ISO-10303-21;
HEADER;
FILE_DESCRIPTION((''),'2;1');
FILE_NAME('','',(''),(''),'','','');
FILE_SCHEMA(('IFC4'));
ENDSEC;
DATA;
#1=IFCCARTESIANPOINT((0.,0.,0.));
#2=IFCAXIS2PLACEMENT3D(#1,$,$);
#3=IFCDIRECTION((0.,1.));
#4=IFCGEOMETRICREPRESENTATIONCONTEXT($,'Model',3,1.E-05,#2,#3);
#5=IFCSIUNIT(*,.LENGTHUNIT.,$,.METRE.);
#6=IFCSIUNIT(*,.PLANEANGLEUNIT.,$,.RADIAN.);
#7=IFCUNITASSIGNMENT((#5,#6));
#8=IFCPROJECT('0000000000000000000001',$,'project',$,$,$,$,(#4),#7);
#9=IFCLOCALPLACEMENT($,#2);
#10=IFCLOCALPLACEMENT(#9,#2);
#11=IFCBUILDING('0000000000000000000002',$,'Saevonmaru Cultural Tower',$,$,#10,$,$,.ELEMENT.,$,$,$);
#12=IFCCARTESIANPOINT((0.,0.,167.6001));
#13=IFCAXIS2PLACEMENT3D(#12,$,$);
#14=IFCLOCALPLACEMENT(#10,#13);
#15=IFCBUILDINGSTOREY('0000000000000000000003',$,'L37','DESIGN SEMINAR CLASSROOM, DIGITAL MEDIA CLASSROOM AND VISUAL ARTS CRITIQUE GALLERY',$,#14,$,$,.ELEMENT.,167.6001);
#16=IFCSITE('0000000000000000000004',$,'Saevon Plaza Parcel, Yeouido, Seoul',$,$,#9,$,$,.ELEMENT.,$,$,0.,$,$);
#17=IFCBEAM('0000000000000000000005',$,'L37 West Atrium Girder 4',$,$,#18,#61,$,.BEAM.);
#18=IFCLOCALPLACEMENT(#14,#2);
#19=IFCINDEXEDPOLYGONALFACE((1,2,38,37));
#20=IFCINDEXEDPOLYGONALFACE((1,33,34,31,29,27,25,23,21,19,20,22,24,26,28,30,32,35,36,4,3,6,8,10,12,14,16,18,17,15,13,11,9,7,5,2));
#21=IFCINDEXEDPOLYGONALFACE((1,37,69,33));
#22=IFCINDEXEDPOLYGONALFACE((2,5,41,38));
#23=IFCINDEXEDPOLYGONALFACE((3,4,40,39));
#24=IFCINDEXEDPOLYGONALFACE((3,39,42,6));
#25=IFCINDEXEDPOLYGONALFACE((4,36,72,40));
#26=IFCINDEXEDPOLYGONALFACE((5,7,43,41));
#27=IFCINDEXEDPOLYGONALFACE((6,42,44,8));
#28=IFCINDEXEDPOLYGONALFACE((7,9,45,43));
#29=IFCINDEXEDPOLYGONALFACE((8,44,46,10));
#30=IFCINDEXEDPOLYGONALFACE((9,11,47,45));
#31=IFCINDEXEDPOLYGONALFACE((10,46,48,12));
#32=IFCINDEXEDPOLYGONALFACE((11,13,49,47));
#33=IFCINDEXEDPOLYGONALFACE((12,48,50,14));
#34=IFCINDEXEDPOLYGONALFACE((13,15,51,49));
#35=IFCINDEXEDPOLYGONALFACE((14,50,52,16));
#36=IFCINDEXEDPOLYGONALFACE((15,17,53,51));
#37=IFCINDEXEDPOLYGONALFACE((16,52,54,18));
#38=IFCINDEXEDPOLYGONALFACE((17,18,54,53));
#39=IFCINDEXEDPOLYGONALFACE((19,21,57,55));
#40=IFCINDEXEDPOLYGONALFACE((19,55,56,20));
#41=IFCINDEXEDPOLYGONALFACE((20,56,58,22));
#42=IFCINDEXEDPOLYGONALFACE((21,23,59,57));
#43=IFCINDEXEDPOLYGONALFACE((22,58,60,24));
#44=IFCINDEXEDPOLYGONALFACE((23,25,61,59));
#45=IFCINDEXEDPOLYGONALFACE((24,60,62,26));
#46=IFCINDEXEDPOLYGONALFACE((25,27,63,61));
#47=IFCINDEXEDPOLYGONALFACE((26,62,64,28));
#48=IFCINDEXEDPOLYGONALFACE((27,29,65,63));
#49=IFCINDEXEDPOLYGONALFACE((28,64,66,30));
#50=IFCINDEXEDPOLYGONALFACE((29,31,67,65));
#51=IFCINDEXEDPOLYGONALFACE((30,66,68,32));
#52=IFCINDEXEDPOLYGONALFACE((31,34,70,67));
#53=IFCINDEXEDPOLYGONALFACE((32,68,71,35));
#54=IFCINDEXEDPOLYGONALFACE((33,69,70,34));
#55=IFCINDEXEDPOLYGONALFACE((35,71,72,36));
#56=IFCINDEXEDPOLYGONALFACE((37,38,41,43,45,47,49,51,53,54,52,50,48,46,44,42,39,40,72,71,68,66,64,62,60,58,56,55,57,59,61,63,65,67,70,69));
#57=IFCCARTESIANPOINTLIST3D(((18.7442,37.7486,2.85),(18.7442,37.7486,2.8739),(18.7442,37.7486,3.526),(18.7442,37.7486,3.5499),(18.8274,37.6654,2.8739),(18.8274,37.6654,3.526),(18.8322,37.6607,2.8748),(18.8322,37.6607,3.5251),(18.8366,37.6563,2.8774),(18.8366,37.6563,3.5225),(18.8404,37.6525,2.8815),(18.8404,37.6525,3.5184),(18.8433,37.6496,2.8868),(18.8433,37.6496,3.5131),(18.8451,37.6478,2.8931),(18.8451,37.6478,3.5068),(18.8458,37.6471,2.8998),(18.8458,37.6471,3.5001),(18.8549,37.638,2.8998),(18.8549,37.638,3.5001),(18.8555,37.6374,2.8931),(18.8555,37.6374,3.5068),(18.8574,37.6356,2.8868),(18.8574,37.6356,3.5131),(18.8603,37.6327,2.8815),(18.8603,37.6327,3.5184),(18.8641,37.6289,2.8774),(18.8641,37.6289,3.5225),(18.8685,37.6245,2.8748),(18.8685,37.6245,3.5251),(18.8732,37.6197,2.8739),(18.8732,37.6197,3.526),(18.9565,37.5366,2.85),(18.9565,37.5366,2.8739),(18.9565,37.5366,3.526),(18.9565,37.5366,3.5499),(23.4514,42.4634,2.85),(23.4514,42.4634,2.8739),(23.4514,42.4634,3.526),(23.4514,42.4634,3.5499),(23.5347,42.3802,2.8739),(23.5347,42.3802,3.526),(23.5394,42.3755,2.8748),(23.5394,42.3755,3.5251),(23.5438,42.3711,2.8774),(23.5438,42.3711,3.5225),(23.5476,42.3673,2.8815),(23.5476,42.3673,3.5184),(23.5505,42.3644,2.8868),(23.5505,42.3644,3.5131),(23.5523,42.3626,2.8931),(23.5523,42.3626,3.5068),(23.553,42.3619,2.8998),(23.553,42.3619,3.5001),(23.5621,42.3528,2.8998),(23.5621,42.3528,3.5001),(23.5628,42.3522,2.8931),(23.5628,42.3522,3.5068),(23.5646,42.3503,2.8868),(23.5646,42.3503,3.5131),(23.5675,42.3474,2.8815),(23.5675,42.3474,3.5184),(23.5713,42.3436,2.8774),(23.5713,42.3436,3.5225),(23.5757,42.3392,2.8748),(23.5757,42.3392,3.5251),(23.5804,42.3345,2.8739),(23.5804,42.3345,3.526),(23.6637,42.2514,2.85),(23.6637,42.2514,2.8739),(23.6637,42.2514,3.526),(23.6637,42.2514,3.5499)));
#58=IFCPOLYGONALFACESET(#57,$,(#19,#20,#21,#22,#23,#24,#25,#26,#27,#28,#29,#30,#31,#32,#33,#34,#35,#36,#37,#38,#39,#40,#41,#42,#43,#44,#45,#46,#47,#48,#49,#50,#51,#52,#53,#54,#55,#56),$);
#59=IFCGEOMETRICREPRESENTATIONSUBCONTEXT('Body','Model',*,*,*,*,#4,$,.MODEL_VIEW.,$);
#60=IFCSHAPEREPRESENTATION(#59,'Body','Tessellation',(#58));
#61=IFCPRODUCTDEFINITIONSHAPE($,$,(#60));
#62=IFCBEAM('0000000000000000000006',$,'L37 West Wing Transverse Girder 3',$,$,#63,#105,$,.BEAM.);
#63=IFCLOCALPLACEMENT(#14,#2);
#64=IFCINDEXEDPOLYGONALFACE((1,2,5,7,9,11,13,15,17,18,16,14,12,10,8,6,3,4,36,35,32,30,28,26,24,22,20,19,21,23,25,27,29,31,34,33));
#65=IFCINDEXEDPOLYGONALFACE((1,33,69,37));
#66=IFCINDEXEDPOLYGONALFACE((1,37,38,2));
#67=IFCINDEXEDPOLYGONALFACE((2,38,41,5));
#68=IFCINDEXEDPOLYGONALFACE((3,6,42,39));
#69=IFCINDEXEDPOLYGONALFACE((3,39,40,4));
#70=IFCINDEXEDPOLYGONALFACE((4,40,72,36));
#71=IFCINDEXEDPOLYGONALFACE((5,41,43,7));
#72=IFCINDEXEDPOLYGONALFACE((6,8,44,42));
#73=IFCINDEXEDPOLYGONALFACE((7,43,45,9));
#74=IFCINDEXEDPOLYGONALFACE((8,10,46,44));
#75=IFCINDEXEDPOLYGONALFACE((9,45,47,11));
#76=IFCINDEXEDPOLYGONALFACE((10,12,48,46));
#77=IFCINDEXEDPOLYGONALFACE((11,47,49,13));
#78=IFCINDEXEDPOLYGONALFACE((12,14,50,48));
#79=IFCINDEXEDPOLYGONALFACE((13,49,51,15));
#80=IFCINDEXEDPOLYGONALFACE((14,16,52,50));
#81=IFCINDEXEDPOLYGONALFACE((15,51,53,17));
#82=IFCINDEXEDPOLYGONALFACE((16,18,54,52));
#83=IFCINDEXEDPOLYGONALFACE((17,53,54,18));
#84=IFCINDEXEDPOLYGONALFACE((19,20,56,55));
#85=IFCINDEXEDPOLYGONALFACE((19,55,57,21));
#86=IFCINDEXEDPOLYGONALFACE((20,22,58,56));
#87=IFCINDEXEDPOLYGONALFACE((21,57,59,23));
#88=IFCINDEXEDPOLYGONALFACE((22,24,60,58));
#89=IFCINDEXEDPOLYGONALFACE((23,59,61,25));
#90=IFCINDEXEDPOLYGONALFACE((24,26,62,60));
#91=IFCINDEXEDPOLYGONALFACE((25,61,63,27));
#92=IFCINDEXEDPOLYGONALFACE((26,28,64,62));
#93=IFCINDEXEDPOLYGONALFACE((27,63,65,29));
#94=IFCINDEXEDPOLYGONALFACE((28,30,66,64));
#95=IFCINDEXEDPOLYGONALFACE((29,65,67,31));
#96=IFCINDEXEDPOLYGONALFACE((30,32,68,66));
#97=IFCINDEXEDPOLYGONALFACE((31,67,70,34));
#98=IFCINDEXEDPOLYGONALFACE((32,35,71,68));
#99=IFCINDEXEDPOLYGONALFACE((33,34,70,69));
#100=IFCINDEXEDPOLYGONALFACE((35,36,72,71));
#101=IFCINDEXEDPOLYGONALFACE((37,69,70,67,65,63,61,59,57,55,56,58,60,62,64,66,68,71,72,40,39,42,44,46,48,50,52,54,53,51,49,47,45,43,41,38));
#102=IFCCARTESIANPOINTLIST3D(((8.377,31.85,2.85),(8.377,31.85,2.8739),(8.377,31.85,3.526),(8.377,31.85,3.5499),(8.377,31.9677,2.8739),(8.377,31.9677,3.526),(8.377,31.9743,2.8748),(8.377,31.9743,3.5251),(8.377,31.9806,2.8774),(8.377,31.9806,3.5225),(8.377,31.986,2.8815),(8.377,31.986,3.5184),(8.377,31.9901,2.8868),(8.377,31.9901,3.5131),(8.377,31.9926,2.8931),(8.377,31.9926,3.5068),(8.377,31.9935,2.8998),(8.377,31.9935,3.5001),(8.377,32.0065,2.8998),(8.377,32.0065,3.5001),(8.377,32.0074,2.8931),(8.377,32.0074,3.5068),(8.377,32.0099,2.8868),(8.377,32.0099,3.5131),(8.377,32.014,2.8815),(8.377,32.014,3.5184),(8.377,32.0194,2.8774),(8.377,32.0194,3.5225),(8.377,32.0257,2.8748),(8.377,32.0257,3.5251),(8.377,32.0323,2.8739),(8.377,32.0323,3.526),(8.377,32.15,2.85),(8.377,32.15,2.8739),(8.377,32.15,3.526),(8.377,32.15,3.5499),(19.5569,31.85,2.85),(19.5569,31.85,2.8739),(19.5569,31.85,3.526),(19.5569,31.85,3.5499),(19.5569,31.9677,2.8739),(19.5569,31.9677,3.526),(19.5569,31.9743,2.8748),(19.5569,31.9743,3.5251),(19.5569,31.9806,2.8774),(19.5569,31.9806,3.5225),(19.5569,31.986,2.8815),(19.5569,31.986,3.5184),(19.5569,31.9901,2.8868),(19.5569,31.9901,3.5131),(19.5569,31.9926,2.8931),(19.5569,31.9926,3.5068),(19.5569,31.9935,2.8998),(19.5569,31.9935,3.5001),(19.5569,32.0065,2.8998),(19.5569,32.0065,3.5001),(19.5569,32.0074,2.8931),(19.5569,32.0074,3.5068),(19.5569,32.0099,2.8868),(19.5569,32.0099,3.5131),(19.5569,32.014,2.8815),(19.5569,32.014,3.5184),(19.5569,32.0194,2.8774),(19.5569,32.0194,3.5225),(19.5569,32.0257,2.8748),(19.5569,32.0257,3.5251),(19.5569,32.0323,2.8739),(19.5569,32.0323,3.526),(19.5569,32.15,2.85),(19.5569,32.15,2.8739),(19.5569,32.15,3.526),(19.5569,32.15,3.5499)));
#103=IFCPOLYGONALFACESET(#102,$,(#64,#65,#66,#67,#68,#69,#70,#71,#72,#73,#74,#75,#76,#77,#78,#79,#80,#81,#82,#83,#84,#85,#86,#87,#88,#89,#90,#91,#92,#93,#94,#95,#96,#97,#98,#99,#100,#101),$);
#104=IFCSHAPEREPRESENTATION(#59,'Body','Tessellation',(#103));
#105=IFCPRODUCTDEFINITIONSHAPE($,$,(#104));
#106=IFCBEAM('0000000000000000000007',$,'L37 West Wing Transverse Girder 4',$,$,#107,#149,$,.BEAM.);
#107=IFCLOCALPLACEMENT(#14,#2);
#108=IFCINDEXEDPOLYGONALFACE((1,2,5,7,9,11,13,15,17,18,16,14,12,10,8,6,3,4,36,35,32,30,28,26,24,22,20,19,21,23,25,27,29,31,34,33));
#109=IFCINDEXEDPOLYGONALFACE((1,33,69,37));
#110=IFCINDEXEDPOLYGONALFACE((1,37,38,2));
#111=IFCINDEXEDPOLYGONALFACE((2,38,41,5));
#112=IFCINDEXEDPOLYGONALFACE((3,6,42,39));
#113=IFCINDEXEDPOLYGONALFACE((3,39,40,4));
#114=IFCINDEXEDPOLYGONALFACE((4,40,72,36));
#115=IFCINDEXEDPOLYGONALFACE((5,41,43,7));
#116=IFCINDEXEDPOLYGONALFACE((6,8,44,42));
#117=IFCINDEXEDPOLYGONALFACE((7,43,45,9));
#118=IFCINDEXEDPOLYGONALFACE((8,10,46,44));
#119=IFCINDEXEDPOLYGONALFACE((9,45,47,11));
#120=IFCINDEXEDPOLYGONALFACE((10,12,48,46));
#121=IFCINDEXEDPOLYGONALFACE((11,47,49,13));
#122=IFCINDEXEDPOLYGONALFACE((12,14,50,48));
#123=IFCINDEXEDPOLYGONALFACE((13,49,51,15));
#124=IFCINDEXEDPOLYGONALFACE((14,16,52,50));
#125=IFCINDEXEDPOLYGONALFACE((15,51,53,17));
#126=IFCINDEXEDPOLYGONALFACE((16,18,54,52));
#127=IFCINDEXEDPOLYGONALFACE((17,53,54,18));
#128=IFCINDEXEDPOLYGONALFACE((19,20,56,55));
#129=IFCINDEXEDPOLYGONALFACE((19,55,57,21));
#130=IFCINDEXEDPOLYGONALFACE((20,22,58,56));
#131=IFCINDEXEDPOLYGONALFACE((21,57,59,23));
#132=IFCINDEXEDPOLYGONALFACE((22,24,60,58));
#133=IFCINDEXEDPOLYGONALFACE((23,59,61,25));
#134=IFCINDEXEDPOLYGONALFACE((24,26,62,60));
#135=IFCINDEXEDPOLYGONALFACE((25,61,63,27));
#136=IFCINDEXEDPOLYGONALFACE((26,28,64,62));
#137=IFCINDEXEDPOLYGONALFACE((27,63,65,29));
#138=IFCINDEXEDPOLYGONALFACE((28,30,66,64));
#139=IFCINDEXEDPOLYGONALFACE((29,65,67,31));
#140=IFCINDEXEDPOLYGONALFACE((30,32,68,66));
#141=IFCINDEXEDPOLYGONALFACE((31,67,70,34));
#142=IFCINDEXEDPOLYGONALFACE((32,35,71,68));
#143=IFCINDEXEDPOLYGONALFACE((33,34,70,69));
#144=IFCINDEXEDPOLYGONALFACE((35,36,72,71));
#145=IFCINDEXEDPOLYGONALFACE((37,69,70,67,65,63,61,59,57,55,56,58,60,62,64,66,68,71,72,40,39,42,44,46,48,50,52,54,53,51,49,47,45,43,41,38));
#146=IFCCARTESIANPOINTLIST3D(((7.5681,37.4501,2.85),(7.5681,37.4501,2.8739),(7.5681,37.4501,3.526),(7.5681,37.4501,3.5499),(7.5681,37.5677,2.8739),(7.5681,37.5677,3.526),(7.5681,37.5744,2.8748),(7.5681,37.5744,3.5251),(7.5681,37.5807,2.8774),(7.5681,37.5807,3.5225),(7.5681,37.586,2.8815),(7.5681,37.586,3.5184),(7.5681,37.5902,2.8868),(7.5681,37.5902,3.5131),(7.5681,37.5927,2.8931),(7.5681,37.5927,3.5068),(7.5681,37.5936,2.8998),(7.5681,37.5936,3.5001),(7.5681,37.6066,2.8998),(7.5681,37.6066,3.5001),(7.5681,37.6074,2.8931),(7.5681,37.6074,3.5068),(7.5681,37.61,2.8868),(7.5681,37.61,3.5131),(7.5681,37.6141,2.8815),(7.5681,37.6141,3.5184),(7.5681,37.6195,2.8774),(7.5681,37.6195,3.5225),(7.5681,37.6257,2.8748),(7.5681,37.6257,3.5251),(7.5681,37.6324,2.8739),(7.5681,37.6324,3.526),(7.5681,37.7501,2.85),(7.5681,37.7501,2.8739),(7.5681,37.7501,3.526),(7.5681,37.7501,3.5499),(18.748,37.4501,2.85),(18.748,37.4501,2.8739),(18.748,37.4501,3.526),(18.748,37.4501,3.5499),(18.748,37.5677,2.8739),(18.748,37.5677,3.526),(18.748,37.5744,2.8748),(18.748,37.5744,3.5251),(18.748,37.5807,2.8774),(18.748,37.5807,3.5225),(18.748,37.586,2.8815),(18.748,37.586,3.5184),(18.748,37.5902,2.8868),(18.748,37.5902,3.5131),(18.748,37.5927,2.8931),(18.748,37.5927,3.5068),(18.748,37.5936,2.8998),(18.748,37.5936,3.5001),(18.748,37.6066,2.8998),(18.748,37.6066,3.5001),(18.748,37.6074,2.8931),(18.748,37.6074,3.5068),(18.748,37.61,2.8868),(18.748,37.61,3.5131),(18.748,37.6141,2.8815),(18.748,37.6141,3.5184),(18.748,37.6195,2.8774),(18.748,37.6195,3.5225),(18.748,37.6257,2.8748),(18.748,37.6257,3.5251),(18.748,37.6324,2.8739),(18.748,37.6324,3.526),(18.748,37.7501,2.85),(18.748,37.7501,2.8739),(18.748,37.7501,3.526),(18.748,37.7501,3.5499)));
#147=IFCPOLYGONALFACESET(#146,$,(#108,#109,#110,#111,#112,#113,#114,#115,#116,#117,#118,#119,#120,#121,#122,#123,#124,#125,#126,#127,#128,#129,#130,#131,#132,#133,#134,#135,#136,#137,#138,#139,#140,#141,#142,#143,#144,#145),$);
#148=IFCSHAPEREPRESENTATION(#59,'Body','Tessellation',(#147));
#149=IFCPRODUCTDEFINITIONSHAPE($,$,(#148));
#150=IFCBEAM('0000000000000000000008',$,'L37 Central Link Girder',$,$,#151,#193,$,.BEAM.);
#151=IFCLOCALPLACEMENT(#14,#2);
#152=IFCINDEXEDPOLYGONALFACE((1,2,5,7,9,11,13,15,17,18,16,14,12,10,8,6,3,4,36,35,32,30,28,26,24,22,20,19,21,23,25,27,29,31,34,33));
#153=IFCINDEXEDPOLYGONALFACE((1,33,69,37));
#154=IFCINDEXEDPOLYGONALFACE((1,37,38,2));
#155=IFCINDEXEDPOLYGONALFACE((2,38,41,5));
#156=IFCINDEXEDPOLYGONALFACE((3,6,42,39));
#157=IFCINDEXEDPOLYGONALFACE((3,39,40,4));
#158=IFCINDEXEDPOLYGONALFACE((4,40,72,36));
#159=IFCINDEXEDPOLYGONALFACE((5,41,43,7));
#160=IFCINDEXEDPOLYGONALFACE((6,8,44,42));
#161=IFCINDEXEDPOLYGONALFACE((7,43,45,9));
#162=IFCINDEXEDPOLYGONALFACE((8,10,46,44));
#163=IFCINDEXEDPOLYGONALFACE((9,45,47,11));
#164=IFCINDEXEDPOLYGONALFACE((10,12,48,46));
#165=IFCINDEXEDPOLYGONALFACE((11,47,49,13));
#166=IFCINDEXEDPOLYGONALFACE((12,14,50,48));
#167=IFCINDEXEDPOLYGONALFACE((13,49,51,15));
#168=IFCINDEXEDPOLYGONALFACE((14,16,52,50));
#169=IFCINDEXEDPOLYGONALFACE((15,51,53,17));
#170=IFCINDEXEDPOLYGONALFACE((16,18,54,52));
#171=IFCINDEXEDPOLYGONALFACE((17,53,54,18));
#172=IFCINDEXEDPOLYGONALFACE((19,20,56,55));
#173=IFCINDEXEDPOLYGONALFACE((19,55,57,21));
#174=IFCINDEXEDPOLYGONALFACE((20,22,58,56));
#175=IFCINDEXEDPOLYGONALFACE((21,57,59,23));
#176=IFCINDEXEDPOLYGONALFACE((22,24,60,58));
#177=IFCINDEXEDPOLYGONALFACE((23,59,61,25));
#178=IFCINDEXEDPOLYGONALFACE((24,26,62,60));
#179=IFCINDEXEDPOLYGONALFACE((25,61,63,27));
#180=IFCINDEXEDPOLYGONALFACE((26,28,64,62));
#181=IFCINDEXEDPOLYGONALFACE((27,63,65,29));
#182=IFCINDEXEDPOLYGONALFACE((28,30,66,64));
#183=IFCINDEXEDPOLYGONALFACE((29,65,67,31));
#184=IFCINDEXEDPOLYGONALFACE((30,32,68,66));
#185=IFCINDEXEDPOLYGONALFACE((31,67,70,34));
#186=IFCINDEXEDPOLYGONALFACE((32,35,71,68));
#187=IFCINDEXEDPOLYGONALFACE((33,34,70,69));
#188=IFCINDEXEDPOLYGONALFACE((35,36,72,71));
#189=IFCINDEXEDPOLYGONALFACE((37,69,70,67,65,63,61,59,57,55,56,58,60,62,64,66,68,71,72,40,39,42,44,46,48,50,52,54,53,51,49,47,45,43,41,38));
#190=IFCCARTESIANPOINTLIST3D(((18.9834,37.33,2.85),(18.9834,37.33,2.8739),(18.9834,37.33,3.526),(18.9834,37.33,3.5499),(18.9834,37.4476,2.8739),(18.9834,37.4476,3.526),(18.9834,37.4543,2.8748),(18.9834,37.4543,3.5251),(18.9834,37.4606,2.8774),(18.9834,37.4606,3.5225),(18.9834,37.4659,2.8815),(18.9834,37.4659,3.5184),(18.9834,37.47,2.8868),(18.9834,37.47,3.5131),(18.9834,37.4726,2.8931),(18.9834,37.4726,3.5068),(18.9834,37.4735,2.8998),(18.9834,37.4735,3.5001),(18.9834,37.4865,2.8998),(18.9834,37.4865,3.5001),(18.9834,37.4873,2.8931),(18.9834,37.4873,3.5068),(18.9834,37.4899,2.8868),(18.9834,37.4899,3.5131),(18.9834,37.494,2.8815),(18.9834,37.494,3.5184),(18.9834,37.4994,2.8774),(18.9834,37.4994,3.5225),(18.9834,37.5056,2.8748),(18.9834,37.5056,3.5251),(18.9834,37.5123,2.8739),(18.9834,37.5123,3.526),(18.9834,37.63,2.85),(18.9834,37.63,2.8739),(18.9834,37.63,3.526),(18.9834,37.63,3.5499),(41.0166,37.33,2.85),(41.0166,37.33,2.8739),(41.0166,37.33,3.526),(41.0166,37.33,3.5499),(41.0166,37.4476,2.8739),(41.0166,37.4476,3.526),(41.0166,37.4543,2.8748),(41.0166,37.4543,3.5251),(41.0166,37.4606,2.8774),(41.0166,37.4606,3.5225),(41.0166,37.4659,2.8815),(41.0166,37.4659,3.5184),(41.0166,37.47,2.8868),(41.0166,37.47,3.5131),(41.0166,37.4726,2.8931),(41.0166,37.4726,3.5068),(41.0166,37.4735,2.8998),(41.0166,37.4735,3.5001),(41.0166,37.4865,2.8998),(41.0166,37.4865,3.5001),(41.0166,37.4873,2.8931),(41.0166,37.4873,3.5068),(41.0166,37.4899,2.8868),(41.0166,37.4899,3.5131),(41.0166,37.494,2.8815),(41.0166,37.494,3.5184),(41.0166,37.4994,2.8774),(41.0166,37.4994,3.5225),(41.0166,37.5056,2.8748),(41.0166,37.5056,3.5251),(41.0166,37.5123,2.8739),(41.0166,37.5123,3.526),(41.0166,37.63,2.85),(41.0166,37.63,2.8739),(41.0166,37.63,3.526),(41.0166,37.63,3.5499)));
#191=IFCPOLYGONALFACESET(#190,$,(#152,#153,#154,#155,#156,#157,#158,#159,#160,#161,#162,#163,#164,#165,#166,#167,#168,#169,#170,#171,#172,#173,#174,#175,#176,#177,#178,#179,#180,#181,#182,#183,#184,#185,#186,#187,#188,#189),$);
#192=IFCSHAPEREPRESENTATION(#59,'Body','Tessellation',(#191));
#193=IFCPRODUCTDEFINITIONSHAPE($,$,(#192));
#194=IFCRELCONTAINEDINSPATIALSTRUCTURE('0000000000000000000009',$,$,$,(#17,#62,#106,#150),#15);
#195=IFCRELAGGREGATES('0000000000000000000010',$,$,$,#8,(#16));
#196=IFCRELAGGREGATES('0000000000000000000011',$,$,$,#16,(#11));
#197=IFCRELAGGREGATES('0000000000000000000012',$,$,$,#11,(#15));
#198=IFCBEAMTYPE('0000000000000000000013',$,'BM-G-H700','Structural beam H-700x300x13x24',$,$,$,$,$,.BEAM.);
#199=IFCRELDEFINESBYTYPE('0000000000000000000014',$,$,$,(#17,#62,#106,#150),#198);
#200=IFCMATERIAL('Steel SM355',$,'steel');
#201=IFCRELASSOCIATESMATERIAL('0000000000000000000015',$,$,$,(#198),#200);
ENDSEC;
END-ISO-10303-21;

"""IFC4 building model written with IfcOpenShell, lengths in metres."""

from ifc_helpers import new_model, si_unit, direction, frame, origin, origin_2d, place, context, subcontext, project, spatial, i_section, extrude, material, material_profile, profile_set, type_object, element, save


model = new_model("IFC4")

# Units and contexts
model_context = context("Model", 3, precision=1e-05, world=origin(), true_north=direction((0.0, 1.0)))
body_context = subcontext(model_context, "Body", "Model", "MODEL_VIEW")
ifc_project = project(units=[si_unit("LENGTHUNIT", "METRE"), si_unit("PLANEANGLEUNIT", "RADIAN")], contexts=[model_context])

# Site, building, storey
site_placement = place(None, origin())
site = spatial("IfcSite", under=ifc_project, at=site_placement, Name="Saevon Plaza Parcel, Yeouido, Seoul", CompositionType="ELEMENT", RefElevation=0.0)
building_placement = place(site_placement, origin())
building = spatial("IfcBuilding", under=site, at=building_placement, Name="Saevonmaru Cultural Tower", CompositionType="ELEMENT")
storey_placement = place(building_placement, frame((0.0, 0.0, 167.6001)))
storey = spatial("IfcBuildingStorey", under=building, at=storey_placement, Name="L37", Description="DESIGN SEMINAR CLASSROOM, DIGITAL MEDIA CLASSROOM AND VISUAL ARTS CRITIQUE GALLERY", CompositionType="ELEMENT", Elevation=167.6001)

# Shared definitions
ifc_material_1 = material(Name="Steel SM355", Category="steel")

# Beams
ifc_material_profile_1 = material_profile(ifc_material_1, i_section(OverallWidth=0.3, OverallDepth=0.7, WebThickness=0.0129, FlangeThickness=0.0239, FilletRadius=0.0259, at=origin_2d()), Name="H-700x300x13x24")
ifc_profile_set_1 = profile_set([ifc_material_profile_1], Name="Steel SM355")
beam_type_1 = type_object("IfcBeamType", Name="BM-G-H700", Description="Structural beam H-700x300x13x24", PredefinedType="BEAM", material=ifc_profile_set_1)
beam_1_placement = place(storey_placement, frame((18.8503, 37.6426, 3.2), z_axis=(0.706539, 0.707675, 0.0), x_axis=(-0.707675, 0.706539, 0.0)))
element("IfcBeam", 1, at=beam_1_placement, inside=storey, type_object=beam_type_1, Name="L37 West Atrium Girder 4", PredefinedType="BEAM", context=body_context, shape_type="SweptSolid", body=[
    extrude(i_section(OverallWidth=0.3, OverallDepth=0.7, WebThickness=0.0129, FlangeThickness=0.0239, FilletRadius=0.0259, at=origin_2d()), origin(), (0.0, 0.0, 1.0), 6.6624),
])
for number, where, z_axis, x_axis, name in (
    (2, (8.377, 32.0, 3.2), (1.0, 0.0, 0.0), (0.0, 1.0, 0.0), "L37 West Wing Transverse Girder 3"),
    (3, (7.5681, 37.6001, 3.2), (1.0, 0.0, 0.0), (0.0, 1.0, 0.0), "L37 West Wing Transverse Girder 4"),
):
    element("IfcBeam", number, at=place(storey_placement, frame(where, z_axis=z_axis, x_axis=x_axis)), inside=storey, type_object=beam_type_1, Name=name, PredefinedType="BEAM", context=body_context, shape_type="SweptSolid", body=[
        extrude(i_section(OverallWidth=0.3, OverallDepth=0.7, WebThickness=0.0129, FlangeThickness=0.0239, FilletRadius=0.0259, at=origin_2d()), origin(), (0.0, 0.0, 1.0), 11.1799),
    ])
beam_2_placement = place(storey_placement, frame((18.9834, 37.48, 3.2), z_axis=(1.0, 0.0, 0.0), x_axis=(0.0, 1.0, 0.0)))
element("IfcBeam", 4, at=beam_2_placement, inside=storey, type_object=beam_type_1, Name="L37 Central Link Girder", PredefinedType="BEAM", context=body_context, shape_type="SweptSolid", body=[
    extrude(i_section(OverallWidth=0.3, OverallDepth=0.7, WebThickness=0.0129, FlangeThickness=0.0239, FilletRadius=0.0259, at=origin_2d()), origin(), (0.0, 0.0, 1.0), 22.0332),
])

save(model, "model.ifc")
